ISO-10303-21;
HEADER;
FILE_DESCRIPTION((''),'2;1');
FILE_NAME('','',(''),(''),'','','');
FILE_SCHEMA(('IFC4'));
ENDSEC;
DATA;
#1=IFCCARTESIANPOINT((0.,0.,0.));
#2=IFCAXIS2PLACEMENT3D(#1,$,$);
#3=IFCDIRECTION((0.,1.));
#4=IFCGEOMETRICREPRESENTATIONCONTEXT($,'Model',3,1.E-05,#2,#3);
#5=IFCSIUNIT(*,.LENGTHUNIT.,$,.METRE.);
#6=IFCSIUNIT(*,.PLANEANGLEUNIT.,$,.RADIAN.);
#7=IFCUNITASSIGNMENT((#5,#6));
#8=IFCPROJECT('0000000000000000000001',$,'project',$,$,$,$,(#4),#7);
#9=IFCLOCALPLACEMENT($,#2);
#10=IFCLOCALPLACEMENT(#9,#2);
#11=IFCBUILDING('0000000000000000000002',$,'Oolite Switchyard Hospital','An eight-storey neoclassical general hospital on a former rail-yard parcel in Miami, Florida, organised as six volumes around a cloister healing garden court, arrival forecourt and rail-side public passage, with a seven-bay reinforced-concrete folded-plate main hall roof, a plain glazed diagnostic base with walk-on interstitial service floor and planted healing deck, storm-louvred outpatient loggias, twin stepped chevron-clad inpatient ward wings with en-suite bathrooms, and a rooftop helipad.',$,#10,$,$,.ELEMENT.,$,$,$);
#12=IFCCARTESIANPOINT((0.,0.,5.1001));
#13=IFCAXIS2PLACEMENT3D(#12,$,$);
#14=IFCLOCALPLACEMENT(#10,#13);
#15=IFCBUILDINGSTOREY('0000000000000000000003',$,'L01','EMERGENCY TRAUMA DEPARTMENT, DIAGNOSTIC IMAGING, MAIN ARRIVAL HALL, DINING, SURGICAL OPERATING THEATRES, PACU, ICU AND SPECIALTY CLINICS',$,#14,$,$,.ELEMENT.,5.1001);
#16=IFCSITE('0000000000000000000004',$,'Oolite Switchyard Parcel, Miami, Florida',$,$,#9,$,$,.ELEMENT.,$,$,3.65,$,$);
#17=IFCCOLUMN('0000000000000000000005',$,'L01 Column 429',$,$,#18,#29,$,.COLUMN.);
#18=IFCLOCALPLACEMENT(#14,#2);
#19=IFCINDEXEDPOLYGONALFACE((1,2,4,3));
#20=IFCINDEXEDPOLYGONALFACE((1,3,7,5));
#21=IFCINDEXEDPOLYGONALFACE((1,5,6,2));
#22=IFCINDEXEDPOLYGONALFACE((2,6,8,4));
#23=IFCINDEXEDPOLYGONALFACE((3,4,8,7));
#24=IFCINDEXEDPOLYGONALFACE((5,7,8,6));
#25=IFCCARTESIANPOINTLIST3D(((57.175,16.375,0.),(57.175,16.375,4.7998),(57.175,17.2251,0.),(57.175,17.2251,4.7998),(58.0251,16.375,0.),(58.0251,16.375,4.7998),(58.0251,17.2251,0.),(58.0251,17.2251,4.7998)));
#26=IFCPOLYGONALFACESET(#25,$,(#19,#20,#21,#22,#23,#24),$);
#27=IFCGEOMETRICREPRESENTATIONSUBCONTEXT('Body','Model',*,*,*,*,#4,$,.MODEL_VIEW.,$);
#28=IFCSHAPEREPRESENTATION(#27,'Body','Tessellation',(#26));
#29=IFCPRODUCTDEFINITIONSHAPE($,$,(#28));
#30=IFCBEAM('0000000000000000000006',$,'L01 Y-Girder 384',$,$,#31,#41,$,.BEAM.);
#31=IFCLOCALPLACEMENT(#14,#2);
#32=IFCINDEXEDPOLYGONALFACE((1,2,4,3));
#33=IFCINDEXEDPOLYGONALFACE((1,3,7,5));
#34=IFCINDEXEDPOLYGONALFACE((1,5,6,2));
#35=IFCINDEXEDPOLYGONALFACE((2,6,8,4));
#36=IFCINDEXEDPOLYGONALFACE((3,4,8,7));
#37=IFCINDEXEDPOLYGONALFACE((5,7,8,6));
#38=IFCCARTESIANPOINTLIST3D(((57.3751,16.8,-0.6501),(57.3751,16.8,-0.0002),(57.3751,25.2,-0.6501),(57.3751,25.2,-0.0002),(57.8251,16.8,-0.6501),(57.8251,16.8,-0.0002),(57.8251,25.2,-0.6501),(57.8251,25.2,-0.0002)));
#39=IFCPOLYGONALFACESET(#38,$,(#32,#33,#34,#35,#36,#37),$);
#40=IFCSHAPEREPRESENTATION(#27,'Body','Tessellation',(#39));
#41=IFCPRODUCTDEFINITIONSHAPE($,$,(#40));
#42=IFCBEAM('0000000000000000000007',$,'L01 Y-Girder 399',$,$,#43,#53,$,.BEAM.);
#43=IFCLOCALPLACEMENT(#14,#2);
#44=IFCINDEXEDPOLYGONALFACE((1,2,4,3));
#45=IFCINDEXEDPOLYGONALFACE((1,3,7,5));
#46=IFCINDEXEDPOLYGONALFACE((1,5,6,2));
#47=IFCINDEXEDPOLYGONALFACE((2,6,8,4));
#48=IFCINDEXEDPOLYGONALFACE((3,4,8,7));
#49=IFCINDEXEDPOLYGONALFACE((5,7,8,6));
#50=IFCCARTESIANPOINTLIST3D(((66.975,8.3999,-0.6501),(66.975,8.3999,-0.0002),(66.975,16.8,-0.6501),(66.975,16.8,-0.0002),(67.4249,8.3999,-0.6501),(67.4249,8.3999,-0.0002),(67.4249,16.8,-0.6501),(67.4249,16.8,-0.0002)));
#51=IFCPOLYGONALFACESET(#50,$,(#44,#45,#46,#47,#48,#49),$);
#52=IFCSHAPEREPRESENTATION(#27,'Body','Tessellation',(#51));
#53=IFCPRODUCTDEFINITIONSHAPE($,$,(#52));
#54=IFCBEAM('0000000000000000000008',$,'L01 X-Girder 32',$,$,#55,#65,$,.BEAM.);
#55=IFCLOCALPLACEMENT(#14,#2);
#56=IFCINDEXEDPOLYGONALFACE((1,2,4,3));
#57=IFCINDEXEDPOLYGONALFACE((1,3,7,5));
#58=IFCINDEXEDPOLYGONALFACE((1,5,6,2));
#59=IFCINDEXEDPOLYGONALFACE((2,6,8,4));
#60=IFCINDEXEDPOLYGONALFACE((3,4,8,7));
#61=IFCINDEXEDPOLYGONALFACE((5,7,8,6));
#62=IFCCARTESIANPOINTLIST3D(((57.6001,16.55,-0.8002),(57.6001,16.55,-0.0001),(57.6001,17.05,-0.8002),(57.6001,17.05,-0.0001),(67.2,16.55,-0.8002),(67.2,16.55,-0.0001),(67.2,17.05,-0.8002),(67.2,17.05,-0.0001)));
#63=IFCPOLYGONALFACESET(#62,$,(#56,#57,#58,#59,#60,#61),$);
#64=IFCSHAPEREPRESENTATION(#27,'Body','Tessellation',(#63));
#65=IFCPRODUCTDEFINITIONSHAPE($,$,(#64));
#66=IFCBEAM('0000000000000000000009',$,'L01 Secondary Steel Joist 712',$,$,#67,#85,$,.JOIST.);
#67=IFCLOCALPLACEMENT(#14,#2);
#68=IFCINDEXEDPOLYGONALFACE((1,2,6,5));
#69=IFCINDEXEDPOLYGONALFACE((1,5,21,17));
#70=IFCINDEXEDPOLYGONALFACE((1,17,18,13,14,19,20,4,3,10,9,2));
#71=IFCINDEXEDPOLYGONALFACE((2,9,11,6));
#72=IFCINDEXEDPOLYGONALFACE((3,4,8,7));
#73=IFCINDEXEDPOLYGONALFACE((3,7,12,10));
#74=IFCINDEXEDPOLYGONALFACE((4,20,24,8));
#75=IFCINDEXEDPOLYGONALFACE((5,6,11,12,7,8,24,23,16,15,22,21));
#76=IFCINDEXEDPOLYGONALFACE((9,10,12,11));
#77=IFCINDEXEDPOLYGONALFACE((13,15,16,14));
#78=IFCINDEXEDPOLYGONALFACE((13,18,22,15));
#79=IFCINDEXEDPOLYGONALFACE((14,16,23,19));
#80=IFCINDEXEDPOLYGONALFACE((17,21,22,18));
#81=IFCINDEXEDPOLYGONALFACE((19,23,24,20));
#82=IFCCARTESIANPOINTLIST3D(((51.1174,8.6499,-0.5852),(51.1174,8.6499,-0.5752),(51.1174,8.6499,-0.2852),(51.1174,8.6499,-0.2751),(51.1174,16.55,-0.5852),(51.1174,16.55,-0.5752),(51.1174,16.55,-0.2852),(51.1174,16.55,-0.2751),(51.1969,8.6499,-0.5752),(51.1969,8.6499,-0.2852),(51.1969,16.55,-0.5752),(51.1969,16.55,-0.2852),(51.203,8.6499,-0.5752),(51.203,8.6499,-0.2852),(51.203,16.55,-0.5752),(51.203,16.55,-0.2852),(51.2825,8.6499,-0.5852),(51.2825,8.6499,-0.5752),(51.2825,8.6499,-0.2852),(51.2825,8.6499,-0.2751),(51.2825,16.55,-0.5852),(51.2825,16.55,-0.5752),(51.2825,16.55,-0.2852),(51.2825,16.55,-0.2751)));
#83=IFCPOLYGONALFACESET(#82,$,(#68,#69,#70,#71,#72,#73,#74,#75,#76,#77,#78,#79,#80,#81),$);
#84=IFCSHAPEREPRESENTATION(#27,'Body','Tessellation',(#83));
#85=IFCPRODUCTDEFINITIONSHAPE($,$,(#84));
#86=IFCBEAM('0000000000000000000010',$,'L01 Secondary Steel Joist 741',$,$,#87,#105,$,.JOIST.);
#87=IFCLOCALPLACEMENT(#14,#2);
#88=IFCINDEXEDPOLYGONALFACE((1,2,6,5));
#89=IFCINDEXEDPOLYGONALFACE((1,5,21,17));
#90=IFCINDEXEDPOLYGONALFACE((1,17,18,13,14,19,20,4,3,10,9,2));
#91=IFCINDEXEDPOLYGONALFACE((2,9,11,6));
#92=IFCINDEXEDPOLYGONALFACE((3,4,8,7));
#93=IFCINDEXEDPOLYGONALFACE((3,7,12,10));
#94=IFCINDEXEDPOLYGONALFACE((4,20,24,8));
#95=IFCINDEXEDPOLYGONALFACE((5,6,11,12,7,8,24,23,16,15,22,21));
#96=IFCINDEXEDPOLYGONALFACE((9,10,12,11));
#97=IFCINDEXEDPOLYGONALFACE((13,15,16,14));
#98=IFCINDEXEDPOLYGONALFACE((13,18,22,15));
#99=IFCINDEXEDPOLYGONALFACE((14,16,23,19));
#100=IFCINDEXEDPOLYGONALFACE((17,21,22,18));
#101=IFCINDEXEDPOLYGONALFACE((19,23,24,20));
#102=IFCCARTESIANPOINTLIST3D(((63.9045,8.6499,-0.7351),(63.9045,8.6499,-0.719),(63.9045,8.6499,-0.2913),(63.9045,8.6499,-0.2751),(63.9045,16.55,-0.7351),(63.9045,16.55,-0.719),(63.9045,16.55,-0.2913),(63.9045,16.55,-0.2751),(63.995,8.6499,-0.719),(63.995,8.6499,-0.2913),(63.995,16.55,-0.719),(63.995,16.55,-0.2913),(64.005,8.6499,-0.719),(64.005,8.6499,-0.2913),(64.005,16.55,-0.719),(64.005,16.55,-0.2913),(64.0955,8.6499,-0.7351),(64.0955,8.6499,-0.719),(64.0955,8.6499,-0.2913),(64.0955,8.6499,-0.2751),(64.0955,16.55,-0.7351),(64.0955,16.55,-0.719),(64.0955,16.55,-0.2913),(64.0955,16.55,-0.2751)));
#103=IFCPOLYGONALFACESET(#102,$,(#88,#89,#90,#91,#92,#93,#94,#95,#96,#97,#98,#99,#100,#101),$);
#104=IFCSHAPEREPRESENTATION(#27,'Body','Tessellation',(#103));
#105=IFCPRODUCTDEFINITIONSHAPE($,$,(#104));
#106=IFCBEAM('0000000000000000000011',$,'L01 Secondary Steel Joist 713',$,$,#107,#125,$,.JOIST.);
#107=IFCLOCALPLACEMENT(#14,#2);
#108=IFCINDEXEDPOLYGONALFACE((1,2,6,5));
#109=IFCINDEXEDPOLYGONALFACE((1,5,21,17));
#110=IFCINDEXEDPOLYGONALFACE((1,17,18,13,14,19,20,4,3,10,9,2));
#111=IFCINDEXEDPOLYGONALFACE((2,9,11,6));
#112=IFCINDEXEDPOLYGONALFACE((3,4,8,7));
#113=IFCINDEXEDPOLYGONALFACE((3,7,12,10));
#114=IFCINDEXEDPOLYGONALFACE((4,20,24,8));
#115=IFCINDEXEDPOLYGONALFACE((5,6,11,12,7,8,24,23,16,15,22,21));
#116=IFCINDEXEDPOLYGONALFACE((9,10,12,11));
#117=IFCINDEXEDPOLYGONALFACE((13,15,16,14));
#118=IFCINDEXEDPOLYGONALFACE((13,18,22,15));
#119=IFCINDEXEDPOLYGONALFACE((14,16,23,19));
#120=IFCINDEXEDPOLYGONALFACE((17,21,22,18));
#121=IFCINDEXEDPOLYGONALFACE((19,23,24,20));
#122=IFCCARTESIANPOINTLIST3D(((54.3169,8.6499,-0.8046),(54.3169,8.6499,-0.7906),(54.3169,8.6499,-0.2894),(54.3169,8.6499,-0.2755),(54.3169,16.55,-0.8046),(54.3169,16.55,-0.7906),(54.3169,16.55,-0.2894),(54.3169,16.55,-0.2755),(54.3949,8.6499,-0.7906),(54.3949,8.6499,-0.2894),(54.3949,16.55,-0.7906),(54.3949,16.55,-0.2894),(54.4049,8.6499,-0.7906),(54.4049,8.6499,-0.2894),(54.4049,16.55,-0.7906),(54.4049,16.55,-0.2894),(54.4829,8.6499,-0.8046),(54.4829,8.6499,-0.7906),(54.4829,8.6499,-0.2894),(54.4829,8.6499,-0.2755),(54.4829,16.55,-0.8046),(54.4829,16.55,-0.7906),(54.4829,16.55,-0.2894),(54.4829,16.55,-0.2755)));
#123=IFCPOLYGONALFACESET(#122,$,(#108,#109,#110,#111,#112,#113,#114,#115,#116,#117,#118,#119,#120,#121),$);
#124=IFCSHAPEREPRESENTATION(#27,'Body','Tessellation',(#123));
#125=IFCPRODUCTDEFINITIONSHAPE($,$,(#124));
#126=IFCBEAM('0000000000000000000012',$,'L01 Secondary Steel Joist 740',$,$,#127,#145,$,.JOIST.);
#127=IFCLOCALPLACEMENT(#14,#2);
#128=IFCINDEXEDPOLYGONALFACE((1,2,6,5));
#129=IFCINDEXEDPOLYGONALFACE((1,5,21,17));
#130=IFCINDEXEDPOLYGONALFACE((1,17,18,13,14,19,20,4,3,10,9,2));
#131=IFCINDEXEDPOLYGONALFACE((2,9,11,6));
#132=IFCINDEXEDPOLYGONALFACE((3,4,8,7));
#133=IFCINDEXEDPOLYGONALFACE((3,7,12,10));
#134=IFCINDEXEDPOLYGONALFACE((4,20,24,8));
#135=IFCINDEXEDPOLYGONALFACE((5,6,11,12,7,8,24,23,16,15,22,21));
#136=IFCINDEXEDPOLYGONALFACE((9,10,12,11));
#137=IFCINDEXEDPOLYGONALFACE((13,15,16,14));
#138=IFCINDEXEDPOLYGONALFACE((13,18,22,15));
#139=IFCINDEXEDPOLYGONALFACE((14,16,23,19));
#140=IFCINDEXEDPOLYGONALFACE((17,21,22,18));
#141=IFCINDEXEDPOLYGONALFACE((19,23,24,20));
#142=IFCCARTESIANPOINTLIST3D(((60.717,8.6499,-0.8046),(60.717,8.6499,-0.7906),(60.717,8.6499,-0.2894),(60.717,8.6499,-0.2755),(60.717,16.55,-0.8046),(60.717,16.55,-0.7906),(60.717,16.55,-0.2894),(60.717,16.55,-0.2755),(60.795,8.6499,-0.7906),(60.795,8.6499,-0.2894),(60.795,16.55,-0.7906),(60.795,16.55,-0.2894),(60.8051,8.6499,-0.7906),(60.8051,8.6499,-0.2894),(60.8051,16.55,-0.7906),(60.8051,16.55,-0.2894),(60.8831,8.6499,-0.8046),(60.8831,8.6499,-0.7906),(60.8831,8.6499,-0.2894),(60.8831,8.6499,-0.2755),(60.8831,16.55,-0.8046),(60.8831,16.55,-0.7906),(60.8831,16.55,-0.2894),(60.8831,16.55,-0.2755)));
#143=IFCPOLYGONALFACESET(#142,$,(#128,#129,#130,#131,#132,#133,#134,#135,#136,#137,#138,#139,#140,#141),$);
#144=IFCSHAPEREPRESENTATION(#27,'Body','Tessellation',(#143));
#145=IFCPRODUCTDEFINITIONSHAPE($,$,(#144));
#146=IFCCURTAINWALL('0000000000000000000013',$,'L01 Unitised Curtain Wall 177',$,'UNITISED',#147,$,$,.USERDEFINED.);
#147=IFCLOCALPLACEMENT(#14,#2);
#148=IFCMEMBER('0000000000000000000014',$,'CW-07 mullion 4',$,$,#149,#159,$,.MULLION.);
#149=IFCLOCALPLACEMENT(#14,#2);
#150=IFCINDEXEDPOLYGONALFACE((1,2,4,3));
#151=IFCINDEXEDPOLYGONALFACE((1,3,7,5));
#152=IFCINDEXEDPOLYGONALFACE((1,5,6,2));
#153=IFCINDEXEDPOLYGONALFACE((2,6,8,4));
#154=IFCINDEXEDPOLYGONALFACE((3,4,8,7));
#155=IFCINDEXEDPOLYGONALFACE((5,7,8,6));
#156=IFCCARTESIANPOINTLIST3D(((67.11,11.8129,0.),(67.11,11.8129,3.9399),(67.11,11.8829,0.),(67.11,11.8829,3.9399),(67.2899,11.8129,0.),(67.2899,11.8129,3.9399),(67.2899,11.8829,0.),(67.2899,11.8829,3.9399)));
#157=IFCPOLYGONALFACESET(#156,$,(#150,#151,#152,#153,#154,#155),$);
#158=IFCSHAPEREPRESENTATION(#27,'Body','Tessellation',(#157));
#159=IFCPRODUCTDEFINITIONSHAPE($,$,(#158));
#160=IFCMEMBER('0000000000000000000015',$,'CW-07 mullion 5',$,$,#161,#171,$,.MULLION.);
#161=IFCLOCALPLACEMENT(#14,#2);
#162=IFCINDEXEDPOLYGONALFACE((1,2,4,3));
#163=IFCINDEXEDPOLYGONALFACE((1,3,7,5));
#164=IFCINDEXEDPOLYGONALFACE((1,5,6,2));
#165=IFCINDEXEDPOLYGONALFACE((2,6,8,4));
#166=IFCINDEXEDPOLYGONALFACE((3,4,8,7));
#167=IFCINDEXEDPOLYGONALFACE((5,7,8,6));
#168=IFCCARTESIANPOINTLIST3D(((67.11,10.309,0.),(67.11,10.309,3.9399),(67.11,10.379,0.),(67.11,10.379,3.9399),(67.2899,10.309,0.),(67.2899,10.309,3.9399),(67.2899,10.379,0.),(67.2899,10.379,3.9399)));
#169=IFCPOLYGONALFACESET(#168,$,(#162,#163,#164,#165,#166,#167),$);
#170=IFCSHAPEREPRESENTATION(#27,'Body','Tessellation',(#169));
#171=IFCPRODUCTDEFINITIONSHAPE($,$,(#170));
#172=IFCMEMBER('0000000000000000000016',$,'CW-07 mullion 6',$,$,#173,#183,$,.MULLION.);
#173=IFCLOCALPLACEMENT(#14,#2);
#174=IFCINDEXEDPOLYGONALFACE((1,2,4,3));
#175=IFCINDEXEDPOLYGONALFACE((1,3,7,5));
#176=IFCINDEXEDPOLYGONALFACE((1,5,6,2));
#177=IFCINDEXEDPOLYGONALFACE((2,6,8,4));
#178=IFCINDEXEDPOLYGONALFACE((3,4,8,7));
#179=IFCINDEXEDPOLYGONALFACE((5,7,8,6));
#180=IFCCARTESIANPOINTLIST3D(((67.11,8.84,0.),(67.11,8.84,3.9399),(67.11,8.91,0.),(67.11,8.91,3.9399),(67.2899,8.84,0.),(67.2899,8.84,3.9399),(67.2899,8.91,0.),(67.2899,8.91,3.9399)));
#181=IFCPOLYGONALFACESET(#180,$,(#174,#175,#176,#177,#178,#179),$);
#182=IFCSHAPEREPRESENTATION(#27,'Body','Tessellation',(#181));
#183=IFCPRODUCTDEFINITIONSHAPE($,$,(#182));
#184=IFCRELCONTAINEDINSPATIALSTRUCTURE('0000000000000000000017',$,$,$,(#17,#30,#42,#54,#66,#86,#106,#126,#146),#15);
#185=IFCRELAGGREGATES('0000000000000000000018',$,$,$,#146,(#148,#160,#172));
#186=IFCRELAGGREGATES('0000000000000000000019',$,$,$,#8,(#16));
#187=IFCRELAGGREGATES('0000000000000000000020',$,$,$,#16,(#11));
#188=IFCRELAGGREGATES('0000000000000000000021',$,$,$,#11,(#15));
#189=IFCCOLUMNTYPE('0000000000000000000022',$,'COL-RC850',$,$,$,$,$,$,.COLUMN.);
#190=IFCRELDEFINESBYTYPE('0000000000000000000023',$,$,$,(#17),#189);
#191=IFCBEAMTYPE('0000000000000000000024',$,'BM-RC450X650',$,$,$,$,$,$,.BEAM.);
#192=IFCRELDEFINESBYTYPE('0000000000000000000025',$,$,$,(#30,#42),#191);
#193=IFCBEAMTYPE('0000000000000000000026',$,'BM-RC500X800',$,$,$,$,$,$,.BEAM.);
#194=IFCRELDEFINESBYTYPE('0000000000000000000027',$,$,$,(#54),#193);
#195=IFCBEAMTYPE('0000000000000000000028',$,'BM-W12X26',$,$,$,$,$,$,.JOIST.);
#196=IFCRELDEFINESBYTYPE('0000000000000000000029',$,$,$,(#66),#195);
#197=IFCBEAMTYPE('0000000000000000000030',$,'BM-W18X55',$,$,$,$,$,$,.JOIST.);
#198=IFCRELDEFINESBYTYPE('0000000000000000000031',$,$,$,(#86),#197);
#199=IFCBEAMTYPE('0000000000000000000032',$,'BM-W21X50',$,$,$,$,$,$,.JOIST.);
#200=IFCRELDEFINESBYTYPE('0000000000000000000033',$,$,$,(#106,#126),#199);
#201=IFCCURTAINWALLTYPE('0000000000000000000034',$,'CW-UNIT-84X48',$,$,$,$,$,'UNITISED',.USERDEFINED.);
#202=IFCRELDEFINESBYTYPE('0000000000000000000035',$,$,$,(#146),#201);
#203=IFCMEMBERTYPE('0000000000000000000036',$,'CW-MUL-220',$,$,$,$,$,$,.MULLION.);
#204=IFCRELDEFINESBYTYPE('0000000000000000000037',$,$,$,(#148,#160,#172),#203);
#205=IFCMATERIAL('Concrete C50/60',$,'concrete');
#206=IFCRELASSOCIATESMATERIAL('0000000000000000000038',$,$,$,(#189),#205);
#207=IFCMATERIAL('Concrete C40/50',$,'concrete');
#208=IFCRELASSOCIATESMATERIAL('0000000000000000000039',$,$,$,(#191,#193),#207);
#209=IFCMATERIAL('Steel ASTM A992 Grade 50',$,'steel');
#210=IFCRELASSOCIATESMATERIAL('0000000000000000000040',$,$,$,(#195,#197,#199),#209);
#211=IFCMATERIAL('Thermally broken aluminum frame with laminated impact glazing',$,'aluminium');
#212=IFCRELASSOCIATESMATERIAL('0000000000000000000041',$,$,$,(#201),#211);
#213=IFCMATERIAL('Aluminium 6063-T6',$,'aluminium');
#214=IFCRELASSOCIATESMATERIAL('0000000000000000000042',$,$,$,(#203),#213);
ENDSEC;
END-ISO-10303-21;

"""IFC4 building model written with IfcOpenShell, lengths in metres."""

from ifc_helpers import new_model, si_unit, direction, frame, origin, origin_2d, place, context, subcontext, project, spatial, rectangle, i_section, extrude, material, material_profile, profile_set, type_object, element, aggregate, save


model = new_model("IFC4")

# Units and contexts
model_context = context("Model", 3, precision=1e-05, world=origin(), true_north=direction((0.0, 1.0)))
body_context = subcontext(model_context, "Body", "Model", "MODEL_VIEW")
ifc_project = project(units=[si_unit("LENGTHUNIT", "METRE"), si_unit("PLANEANGLEUNIT", "RADIAN")], contexts=[model_context])

# Site, building, storey
site_placement = place(None, origin())
site = spatial("IfcSite", under=ifc_project, at=site_placement, Name="Oolite Switchyard Parcel, Miami, Florida", CompositionType="ELEMENT", RefElevation=3.65)
building_placement = place(site_placement, origin())
building = spatial("IfcBuilding", under=site, at=building_placement, Name="Oolite Switchyard Hospital", Description="An eight-storey neoclassical general hospital on a former rail-yard parcel in Miami, Florida, organised as six volumes around a cloister healing garden court, arrival forecourt and rail-side public passage, with a seven-bay reinforced-concrete folded-plate main hall roof, a plain glazed diagnostic base with walk-on interstitial service floor and planted healing deck, storm-louvred outpatient loggias, twin stepped chevron-clad inpatient ward wings with en-suite bathrooms, and a rooftop helipad.", CompositionType="ELEMENT")
storey_placement = place(building_placement, frame((0.0, 0.0, 5.1001)))
storey = spatial("IfcBuildingStorey", under=building, at=storey_placement, Name="L01", Description="EMERGENCY TRAUMA DEPARTMENT, DIAGNOSTIC IMAGING, MAIN ARRIVAL HALL, DINING, SURGICAL OPERATING THEATRES, PACU, ICU AND SPECIALTY CLINICS", CompositionType="ELEMENT", Elevation=5.1001)

# Column
ifc_material_1 = material(Name="Concrete C50/60", Category="concrete")
ifc_material_profile_1 = material_profile(ifc_material_1, rectangle(XDim=0.8501, YDim=0.8501, at=origin_2d()), Name="RC850X850")
ifc_profile_set_1 = profile_set([ifc_material_profile_1], Name="Concrete C50/60")
column_type = type_object("IfcColumnType", Name="COL-RC850", PredefinedType="COLUMN", material=ifc_profile_set_1)
column_placement = place(storey_placement, frame((57.6001, 16.8, 0.0), z_axis=(0.0, 0.0, 1.0), x_axis=(1.0, 0.0, 0.0)))
element("IfcColumn", 1, at=column_placement, inside=storey, type_object=column_type, Name="L01 Column 429", PredefinedType="COLUMN", context=body_context, shape_type="SweptSolid", body=[
    extrude(rectangle(XDim=0.8501, YDim=0.8501, at=origin_2d()), origin(), (0.0, 0.0, 1.0), 4.7998),
])

# Beams
ifc_material_2 = material(Name="Concrete C40/50", Category="concrete")
ifc_material_profile_2 = material_profile(ifc_material_2, rectangle(XDim=0.45, YDim=0.6499, at=origin_2d()), Name="RCB450X650")
ifc_profile_set_2 = profile_set([ifc_material_profile_2], Name="Concrete C40/50")
beam_type_1 = type_object("IfcBeamType", Name="BM-RC450X650", PredefinedType="BEAM", material=ifc_profile_set_2)
beam_1_placement = place(storey_placement, frame((57.6001, 16.8, -0.3252), z_axis=(0.0, 1.0, 0.0), x_axis=(-1.0, 0.0, 0.0)))
element("IfcBeam", 2, at=beam_1_placement, inside=storey, type_object=beam_type_1, Name="L01 Y-Girder 384", PredefinedType="BEAM", context=body_context, shape_type="SweptSolid", body=[
    extrude(rectangle(XDim=0.45, YDim=0.6499, at=origin_2d()), origin(), (0.0, 0.0, 1.0), 8.3999),
])
beam_2_placement = place(storey_placement, frame((67.2, 8.3999, -0.3252), z_axis=(0.0, 1.0, 0.0), x_axis=(-1.0, 0.0, 0.0)))
element("IfcBeam", 3, at=beam_2_placement, inside=storey, type_object=beam_type_1, Name="L01 Y-Girder 399", PredefinedType="BEAM", context=body_context, shape_type="SweptSolid", body=[
    extrude(rectangle(XDim=0.45, YDim=0.6499, at=origin_2d()), origin(), (0.0, 0.0, 1.0), 8.4001),
])
ifc_material_profile_3 = material_profile(ifc_material_2, rectangle(XDim=0.5, YDim=0.8, at=origin_2d()), Name="RCB500X800")
ifc_profile_set_3 = profile_set([ifc_material_profile_3], Name="Concrete C40/50")
beam_type_2 = type_object("IfcBeamType", Name="BM-RC500X800", PredefinedType="BEAM", material=ifc_profile_set_3)
beam_3_placement = place(storey_placement, frame((57.6001, 16.8, -0.4001), z_axis=(1.0, 0.0, 0.0), x_axis=(0.0, 1.0, 0.0)))
element("IfcBeam", 4, at=beam_3_placement, inside=storey, type_object=beam_type_2, Name="L01 X-Girder 32", PredefinedType="BEAM", context=body_context, shape_type="SweptSolid", body=[
    extrude(rectangle(XDim=0.5, YDim=0.8, at=origin_2d()), origin(), (0.0, 0.0, 1.0), 9.5999),
])
ifc_material_3 = material(Name="Steel ASTM A992 Grade 50", Category="steel")
ifc_material_profile_4 = material_profile(ifc_material_3, i_section(OverallWidth=0.165, OverallDepth=0.3101, WebThickness=0.0061, FlangeThickness=0.01, at=origin_2d()), Name="W12X26")
ifc_profile_set_4 = profile_set([ifc_material_profile_4], Name="Steel ASTM A992 Grade 50")
beam_type_3 = type_object("IfcBeamType", Name="BM-W12X26", PredefinedType="JOIST", material=ifc_profile_set_4)
beam_4_placement = place(storey_placement, frame((51.2, 8.6499, -0.4302), z_axis=(0.0, 1.0, 0.0), x_axis=(-1.0, 0.0, 0.0)))
element("IfcBeam", 5, at=beam_4_placement, inside=storey, type_object=beam_type_3, Name="L01 Secondary Steel Joist 712", PredefinedType="JOIST", context=body_context, shape_type="SweptSolid", body=[
    extrude(i_section(OverallWidth=0.165, OverallDepth=0.3101, WebThickness=0.0061, FlangeThickness=0.01, at=origin_2d()), origin(), (0.0, 0.0, 1.0), 7.9001),
])
ifc_material_profile_5 = material_profile(ifc_material_3, i_section(OverallWidth=0.1909, OverallDepth=0.46, WebThickness=0.01, FlangeThickness=0.0161, at=origin_2d()), Name="W18X55")
ifc_profile_set_5 = profile_set([ifc_material_profile_5], Name="Steel ASTM A992 Grade 50")
beam_type_4 = type_object("IfcBeamType", Name="BM-W18X55", PredefinedType="JOIST", material=ifc_profile_set_5)
beam_5_placement = place(storey_placement, frame((64.0, 8.6499, -0.5051), z_axis=(0.0, 1.0, 0.0), x_axis=(-1.0, 0.0, 0.0)))
element("IfcBeam", 6, at=beam_5_placement, inside=storey, type_object=beam_type_4, Name="L01 Secondary Steel Joist 741", PredefinedType="JOIST", context=body_context, shape_type="SweptSolid", body=[
    extrude(i_section(OverallWidth=0.1909, OverallDepth=0.46, WebThickness=0.01, FlangeThickness=0.0161, at=origin_2d()), origin(), (0.0, 0.0, 1.0), 7.9001),
])
ifc_material_profile_6 = material_profile(ifc_material_3, i_section(OverallWidth=0.166, OverallDepth=0.5291, WebThickness=0.01, FlangeThickness=0.0139, at=origin_2d()), Name="W21X50")
ifc_profile_set_6 = profile_set([ifc_material_profile_6], Name="Steel ASTM A992 Grade 50")
beam_type_5 = type_object("IfcBeamType", Name="BM-W21X50", PredefinedType="JOIST", material=ifc_profile_set_6)
for number, where, z_axis, x_axis, name in (
    (7, (54.3999, 8.6499, -0.54), (0.0, 1.0, 0.0), (-1.0, 0.0, 0.0), "L01 Secondary Steel Joist 713"),
    (8, (60.8, 8.6499, -0.54), (0.0, 1.0, 0.0), (-1.0, 0.0, 0.0), "L01 Secondary Steel Joist 740"),
):
    element("IfcBeam", number, at=place(storey_placement, frame(where, z_axis=z_axis, x_axis=x_axis)), inside=storey, type_object=beam_type_5, Name=name, PredefinedType="JOIST", context=body_context, shape_type="SweptSolid", body=[
        extrude(i_section(OverallWidth=0.166, OverallDepth=0.5291, WebThickness=0.01, FlangeThickness=0.0139, at=origin_2d()), origin(), (0.0, 0.0, 1.0), 7.9001),
    ])

# Curtain wall, members
ifc_material_4 = material(Name="Thermally broken aluminum frame with laminated impact glazing", Category="aluminium")
curtain_wall_type = type_object("IfcCurtainWallType", Name="CW-UNIT-84X48", ElementType="UNITISED", PredefinedType="USERDEFINED", material=ifc_material_4)
curtain_wall_placement = place(storey_placement, origin())
curtain_wall = element("IfcCurtainWall", 9, at=curtain_wall_placement, inside=storey, type_object=curtain_wall_type, Name="L01 Unitised Curtain Wall 177", ObjectType="UNITISED", PredefinedType="USERDEFINED")
ifc_material_5 = material(Name="Aluminium 6063-T6", Category="aluminium")
ifc_material_profile_7 = material_profile(ifc_material_5, rectangle(XDim=0.1799, YDim=0.0701, at=origin_2d()), Name="CWM70X180")
ifc_profile_set_7 = profile_set([ifc_material_profile_7], Name="Aluminium 6063-T6")
member_type_1 = type_object("IfcMemberType", Name="CW-MUL-220", PredefinedType="MULLION", material=ifc_profile_set_7)
member_1_placement = place(storey_placement, frame((67.2, 11.8479, 0.0), z_axis=(0.0, 0.0, 1.0), x_axis=(1.0, 0.0, 0.0)))
member_1 = element("IfcMember", 10, at=member_1_placement, type_object=member_type_1, Name="CW-07 mullion 4", PredefinedType="MULLION", context=body_context, shape_type="SweptSolid", body=[
    extrude(rectangle(XDim=0.1799, YDim=0.0701, at=origin_2d()), origin(), (0.0, 0.0, 1.0), 3.9399),
])
member_2_placement = place(storey_placement, frame((67.2, 10.344, 0.0), z_axis=(0.0, 0.0, 1.0), x_axis=(1.0, 0.0, 0.0)))
member_2 = element("IfcMember", 11, at=member_2_placement, type_object=member_type_1, Name="CW-07 mullion 5", PredefinedType="MULLION", context=body_context, shape_type="SweptSolid", body=[
    extrude(rectangle(XDim=0.1799, YDim=0.0701, at=origin_2d()), origin(), (0.0, 0.0, 1.0), 3.9399),
])
member_3_placement = place(storey_placement, frame((67.2, 8.875, 0.0), z_axis=(0.0, 0.0, 1.0), x_axis=(1.0, 0.0, 0.0)))
member_3 = element("IfcMember", 12, at=member_3_placement, type_object=member_type_1, Name="CW-07 mullion 6", PredefinedType="MULLION", context=body_context, shape_type="SweptSolid", body=[
    extrude(rectangle(XDim=0.1799, YDim=0.0701, at=origin_2d()), origin(), (0.0, 0.0, 1.0), 3.9399),
])
aggregate(curtain_wall, [member_1, member_2, member_3])

save(model, "model.ifc")
